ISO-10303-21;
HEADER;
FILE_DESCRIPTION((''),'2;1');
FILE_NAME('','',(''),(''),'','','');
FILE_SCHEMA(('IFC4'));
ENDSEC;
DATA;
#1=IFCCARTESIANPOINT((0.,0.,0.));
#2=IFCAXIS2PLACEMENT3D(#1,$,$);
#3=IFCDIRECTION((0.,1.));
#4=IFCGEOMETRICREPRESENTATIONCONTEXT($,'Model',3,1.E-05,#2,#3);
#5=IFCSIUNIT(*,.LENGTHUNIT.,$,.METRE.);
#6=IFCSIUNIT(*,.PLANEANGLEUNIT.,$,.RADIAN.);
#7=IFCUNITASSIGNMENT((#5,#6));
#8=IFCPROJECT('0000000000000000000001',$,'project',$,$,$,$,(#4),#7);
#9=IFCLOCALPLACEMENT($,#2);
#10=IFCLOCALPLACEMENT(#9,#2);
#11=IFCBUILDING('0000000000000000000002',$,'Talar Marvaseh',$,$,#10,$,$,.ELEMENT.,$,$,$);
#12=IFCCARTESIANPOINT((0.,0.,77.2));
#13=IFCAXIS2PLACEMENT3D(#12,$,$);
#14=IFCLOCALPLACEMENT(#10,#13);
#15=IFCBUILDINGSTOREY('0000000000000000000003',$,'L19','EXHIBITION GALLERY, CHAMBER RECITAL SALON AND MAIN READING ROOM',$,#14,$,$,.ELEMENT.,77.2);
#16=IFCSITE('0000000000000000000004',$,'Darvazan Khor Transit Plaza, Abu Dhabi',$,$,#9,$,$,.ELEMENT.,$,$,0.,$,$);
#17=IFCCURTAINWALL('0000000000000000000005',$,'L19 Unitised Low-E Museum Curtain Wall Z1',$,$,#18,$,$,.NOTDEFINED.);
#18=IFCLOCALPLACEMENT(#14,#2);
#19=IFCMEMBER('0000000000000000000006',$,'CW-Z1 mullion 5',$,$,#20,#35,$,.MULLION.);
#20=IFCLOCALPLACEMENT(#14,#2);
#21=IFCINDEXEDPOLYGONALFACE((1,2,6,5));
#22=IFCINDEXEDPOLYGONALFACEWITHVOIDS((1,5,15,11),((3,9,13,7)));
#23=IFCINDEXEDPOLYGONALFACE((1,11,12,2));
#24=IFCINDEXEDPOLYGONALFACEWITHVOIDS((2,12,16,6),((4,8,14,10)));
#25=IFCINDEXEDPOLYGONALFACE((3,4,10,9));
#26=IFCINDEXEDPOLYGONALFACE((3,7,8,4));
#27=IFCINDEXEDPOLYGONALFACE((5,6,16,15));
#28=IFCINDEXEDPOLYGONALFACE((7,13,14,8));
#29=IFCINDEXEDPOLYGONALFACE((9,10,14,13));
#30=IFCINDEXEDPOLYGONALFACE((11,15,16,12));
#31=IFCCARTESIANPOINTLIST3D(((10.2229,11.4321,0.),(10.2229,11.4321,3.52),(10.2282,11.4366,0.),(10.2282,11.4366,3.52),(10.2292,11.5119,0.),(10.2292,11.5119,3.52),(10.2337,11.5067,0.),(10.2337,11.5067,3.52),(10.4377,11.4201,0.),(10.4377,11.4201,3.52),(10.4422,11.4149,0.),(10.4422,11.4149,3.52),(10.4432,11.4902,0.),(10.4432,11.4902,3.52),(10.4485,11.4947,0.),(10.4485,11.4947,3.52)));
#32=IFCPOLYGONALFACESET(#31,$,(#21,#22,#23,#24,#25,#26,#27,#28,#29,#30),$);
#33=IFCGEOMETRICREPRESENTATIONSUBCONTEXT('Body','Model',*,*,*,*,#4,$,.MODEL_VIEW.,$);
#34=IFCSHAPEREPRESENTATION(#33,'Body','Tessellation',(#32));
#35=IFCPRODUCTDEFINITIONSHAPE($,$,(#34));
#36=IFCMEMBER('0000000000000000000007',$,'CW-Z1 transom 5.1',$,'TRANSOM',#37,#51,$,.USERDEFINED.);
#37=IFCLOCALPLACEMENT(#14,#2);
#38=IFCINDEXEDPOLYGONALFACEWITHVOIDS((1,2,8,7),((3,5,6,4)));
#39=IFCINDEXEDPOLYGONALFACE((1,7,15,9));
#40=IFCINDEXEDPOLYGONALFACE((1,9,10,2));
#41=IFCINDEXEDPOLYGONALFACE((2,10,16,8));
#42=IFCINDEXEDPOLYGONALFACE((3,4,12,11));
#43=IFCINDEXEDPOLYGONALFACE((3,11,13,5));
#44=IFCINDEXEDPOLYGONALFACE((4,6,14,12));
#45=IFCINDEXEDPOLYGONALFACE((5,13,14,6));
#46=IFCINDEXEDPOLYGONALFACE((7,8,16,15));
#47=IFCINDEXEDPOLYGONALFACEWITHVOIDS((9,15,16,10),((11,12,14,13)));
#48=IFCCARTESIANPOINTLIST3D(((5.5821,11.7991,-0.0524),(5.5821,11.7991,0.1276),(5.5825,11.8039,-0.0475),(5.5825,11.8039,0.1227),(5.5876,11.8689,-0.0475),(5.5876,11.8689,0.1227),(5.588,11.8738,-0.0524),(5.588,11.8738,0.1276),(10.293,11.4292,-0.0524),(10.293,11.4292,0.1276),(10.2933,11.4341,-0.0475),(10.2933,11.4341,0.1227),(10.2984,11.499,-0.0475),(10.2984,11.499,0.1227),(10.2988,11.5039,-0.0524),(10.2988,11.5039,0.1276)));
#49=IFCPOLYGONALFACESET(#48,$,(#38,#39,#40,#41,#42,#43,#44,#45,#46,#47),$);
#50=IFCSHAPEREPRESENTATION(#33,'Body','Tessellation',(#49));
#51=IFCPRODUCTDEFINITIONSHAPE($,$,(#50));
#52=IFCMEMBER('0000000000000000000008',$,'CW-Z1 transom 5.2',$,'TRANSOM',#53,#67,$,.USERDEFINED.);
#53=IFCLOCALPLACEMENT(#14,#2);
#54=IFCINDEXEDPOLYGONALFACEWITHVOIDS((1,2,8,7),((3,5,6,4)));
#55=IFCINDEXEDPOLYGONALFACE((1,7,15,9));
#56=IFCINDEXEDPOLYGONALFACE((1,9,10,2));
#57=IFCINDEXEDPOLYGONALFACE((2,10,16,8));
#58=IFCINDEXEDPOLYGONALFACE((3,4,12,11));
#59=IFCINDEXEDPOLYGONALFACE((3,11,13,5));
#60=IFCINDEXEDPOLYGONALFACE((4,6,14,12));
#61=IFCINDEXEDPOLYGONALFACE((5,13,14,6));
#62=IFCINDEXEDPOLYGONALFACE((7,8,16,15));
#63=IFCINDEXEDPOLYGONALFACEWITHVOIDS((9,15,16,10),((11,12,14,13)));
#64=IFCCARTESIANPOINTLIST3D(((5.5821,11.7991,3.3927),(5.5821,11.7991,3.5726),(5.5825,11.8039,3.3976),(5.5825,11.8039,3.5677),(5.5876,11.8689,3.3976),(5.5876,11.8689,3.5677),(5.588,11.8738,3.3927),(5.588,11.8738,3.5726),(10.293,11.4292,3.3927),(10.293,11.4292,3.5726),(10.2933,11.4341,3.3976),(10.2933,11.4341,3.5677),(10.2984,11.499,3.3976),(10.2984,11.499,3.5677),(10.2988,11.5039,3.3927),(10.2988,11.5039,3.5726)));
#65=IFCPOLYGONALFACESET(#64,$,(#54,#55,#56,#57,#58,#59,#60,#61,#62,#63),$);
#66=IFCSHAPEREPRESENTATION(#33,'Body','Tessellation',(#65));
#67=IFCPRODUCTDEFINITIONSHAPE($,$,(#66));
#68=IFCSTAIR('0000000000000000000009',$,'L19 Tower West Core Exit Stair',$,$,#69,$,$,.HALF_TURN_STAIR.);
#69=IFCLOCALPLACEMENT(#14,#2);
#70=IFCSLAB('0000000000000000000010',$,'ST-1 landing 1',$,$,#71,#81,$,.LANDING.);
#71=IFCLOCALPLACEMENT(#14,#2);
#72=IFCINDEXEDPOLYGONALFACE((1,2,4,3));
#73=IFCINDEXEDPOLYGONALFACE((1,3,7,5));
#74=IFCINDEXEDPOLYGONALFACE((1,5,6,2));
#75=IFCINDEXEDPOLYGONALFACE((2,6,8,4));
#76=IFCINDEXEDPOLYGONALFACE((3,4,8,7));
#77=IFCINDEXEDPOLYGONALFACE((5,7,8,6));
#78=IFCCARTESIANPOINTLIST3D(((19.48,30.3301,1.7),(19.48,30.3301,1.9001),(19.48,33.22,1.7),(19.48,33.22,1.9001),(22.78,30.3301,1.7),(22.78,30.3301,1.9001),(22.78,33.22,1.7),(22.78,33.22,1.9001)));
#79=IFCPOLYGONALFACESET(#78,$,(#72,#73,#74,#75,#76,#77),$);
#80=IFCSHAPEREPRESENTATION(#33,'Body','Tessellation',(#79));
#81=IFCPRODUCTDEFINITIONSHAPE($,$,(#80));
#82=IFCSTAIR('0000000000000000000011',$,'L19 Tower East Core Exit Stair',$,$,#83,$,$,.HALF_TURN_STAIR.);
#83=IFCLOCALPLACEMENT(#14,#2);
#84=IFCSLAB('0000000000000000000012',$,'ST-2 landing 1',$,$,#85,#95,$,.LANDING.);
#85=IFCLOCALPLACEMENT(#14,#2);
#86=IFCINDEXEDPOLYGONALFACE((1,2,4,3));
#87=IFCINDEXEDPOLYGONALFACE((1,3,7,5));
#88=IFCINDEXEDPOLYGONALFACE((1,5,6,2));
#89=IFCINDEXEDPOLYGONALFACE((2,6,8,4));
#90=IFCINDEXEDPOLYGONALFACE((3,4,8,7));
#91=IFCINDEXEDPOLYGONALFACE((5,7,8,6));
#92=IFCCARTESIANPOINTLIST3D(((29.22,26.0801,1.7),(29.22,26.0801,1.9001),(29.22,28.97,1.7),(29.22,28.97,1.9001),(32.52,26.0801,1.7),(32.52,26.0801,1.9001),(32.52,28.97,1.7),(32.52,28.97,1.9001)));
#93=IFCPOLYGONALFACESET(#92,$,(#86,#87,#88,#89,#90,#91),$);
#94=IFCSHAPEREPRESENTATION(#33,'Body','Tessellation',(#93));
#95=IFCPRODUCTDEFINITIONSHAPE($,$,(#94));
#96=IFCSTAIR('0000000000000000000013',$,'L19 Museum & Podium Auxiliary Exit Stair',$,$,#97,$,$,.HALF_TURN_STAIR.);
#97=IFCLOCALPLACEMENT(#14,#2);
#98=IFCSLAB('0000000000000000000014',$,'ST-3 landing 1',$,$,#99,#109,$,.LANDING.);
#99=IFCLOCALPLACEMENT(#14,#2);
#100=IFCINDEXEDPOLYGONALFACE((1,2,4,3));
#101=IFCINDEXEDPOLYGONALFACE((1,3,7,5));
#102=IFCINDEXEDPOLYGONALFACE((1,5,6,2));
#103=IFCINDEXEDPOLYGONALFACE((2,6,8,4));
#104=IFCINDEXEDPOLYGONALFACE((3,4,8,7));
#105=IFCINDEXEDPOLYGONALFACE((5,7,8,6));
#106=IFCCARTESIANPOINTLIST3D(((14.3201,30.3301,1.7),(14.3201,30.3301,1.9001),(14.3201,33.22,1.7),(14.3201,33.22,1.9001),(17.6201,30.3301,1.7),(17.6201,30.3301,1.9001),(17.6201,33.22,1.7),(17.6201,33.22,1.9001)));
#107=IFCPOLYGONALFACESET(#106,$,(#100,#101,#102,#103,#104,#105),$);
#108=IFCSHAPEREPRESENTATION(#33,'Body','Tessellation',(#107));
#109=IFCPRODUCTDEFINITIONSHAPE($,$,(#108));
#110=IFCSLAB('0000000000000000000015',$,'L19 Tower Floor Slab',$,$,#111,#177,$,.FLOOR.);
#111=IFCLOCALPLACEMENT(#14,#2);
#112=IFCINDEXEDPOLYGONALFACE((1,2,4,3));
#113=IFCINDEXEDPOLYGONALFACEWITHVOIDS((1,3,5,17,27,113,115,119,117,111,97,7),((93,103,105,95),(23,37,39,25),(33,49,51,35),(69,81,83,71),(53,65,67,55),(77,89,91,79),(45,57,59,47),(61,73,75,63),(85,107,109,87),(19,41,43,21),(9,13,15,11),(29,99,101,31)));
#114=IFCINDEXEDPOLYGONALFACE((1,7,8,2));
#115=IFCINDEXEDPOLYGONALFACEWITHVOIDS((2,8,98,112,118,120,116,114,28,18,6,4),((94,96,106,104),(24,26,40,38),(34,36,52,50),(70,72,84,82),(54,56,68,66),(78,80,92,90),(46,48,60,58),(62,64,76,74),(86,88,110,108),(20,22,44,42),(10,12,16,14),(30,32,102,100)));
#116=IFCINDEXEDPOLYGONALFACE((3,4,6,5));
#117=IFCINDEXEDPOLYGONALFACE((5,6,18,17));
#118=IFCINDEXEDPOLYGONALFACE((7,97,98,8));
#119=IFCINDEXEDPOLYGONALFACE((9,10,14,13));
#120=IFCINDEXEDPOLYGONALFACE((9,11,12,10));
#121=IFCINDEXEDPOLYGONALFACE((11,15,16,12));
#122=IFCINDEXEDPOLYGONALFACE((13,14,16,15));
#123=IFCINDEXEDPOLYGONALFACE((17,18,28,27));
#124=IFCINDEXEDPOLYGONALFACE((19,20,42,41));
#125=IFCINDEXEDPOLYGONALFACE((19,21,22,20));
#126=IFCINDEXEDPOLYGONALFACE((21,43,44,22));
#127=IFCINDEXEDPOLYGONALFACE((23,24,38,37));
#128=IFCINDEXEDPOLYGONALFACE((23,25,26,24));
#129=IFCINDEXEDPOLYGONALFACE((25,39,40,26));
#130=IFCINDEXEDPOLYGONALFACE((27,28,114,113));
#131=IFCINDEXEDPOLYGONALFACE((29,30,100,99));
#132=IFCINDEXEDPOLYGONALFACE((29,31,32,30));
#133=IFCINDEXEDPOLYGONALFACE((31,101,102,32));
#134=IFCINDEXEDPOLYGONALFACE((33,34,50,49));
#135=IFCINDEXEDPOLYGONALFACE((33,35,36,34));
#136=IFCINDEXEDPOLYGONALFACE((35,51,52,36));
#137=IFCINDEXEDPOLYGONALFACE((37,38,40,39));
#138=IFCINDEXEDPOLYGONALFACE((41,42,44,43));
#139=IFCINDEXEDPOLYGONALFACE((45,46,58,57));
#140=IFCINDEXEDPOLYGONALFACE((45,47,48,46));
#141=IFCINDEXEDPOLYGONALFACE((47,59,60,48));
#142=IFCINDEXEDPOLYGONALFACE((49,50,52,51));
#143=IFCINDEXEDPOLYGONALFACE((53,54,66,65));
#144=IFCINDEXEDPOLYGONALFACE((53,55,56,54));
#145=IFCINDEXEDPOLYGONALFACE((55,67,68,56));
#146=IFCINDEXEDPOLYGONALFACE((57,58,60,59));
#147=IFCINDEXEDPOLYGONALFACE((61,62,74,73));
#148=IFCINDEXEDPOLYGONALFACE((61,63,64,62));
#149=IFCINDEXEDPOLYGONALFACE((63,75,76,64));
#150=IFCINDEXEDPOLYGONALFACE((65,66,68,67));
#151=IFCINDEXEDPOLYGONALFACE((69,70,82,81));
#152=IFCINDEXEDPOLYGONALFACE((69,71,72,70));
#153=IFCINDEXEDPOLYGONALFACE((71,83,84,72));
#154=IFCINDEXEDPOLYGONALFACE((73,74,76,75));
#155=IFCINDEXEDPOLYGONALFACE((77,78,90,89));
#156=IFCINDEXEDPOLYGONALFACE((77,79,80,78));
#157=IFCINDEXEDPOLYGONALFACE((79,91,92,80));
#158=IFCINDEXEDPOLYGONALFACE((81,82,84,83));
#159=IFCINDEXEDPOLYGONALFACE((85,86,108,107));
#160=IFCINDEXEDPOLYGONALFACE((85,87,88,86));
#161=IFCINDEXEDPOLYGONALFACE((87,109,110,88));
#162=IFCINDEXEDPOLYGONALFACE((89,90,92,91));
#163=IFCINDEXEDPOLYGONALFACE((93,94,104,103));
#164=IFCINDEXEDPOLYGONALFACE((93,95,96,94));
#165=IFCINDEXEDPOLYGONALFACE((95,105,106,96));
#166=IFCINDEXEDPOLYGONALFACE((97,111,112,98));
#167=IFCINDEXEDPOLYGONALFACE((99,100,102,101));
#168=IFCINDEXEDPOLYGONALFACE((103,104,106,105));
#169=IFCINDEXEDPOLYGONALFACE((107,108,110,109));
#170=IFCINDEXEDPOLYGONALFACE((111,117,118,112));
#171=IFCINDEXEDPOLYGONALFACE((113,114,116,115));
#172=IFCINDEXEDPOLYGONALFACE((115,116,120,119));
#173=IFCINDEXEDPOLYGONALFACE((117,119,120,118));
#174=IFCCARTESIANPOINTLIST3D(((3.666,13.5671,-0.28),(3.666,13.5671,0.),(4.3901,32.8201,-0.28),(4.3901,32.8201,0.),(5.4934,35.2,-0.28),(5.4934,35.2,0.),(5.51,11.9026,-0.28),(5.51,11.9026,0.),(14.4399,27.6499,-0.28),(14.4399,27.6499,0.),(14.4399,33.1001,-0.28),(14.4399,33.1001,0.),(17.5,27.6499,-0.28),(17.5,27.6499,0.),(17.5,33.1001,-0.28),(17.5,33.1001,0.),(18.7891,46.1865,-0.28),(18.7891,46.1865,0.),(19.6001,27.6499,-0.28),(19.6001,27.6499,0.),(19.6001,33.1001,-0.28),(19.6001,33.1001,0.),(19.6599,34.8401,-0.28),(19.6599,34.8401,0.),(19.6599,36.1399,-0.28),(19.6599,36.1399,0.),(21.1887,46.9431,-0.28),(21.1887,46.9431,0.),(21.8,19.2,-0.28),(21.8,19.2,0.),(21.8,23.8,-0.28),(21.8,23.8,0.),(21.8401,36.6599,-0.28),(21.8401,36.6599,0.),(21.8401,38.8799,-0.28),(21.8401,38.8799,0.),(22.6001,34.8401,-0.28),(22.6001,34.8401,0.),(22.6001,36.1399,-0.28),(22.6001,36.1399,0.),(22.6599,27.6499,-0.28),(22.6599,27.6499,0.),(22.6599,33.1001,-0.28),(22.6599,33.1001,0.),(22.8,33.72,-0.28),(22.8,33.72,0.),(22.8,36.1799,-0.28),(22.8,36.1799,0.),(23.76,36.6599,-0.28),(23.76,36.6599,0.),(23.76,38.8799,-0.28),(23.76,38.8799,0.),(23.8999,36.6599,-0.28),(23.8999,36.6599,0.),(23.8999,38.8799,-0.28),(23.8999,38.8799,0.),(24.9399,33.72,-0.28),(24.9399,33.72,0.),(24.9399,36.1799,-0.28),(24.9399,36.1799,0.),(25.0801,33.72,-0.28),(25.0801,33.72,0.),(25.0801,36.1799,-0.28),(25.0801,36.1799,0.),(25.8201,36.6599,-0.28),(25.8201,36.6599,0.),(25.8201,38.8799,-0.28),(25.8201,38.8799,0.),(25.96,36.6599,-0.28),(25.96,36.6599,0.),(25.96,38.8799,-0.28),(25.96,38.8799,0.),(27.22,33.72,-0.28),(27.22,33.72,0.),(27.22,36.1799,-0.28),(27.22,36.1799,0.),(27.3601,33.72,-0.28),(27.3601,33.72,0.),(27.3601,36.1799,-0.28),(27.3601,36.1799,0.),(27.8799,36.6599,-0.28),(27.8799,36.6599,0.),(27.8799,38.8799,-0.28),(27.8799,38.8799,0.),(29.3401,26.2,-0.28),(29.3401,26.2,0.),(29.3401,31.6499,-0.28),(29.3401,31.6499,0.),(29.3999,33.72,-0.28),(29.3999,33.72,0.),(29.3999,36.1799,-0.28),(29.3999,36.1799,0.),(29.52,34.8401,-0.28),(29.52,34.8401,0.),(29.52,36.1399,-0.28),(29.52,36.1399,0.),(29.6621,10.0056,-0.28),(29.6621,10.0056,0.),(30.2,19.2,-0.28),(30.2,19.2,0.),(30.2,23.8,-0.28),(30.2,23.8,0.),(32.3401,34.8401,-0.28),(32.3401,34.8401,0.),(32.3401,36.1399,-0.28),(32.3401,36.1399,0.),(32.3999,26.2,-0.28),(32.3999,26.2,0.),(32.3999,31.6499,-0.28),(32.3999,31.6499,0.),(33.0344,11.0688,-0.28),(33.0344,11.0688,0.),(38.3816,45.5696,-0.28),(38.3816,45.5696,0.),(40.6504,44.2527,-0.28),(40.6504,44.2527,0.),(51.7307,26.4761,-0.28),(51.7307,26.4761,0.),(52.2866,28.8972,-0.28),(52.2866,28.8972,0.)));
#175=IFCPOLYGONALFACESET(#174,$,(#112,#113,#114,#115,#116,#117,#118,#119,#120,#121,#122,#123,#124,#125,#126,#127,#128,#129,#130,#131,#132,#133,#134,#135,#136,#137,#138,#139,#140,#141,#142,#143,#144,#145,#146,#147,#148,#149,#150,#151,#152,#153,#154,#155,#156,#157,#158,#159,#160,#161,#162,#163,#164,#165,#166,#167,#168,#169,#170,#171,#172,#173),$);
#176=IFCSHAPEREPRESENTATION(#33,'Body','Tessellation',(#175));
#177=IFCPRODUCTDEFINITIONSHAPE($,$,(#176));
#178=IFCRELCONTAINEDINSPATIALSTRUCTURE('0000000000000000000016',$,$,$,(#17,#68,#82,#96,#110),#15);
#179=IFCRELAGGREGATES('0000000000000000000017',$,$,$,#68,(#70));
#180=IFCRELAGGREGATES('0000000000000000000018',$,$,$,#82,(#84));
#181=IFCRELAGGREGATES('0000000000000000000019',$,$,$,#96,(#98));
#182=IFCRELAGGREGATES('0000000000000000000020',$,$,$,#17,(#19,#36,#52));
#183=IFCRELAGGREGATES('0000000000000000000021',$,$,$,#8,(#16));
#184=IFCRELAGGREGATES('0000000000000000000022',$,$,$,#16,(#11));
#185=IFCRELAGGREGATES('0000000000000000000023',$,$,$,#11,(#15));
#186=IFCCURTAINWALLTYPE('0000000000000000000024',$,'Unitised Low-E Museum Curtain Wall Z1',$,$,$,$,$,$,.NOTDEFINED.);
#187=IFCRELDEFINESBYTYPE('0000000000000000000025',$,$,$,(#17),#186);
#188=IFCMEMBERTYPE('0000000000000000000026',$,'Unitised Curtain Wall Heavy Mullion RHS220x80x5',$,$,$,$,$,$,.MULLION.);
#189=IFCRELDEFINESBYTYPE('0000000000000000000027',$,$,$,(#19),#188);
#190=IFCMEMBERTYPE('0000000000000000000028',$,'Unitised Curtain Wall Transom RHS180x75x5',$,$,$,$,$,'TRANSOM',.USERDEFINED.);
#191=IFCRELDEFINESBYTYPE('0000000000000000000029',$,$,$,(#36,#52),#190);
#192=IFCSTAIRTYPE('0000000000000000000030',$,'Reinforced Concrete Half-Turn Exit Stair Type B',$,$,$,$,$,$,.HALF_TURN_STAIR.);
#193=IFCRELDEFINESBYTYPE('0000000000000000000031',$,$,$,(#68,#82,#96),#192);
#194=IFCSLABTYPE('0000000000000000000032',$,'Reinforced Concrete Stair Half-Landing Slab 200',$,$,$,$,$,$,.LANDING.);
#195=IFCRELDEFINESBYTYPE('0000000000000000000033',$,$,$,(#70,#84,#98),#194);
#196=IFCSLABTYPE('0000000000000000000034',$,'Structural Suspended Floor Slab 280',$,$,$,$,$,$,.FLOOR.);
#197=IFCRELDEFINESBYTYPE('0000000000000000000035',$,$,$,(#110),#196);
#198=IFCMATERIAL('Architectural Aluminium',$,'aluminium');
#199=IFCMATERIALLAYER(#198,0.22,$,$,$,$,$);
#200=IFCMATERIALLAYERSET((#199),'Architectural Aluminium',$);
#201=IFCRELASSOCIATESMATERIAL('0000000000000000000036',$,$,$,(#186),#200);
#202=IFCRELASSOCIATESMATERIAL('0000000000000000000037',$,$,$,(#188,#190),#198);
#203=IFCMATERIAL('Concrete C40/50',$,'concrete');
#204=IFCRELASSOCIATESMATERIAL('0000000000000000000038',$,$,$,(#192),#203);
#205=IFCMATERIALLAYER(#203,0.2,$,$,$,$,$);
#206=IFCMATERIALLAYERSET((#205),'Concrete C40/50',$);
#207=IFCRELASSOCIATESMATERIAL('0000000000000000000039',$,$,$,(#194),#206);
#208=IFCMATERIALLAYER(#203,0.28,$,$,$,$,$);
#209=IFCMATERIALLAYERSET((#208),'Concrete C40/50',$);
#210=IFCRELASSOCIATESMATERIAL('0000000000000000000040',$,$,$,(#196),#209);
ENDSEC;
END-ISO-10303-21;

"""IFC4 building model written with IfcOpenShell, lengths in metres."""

from ifc_helpers import new_model, si_unit, direction, frame, origin, origin_2d, place, context, subcontext, project, spatial, polyline, hollow_rectangle, outline, extrude, source, transform, mapped, material, layer, layer_set, material_profile, profile_set, type_object, type_shapes, element, aggregate, save


model = new_model("IFC4")

# Units and contexts
model_context = context("Model", 3, precision=1e-05, world=origin(), true_north=direction((0.0, 1.0)))
body_context = subcontext(model_context, "Body", "Model", "MODEL_VIEW")
ifc_project = project(units=[si_unit("LENGTHUNIT", "METRE"), si_unit("PLANEANGLEUNIT", "RADIAN")], contexts=[model_context])

# Site, building, storey
site_placement = place(None, origin())
site = spatial("IfcSite", under=ifc_project, at=site_placement, Name="Darvazan Khor Transit Plaza, Abu Dhabi", CompositionType="ELEMENT", RefElevation=0.0)
building_placement = place(site_placement, origin())
building = spatial("IfcBuilding", under=site, at=building_placement, Name="Talar Marvaseh", CompositionType="ELEMENT")
storey_placement = place(building_placement, frame((0.0, 0.0, 77.2)))
storey = spatial("IfcBuildingStorey", under=building, at=storey_placement, Name="L19", Description="EXHIBITION GALLERY, CHAMBER RECITAL SALON AND MAIN READING ROOM", CompositionType="ELEMENT", Elevation=77.2)

# Curtain wall, members
ifc_material_1 = material(Name="Architectural Aluminium", Category="aluminium")
ifc_layer_1 = layer(ifc_material_1, 0.22)
ifc_layer_set_1 = layer_set([ifc_layer_1], Name="Architectural Aluminium")
curtain_wall_type = type_object("IfcCurtainWallType", Name="Unitised Low-E Museum Curtain Wall Z1", PredefinedType="NOTDEFINED", material=ifc_layer_set_1)
curtain_wall_placement = place(storey_placement, origin())
curtain_wall = element("IfcCurtainWall", 1, at=curtain_wall_placement, inside=storey, type_object=curtain_wall_type, Name="L19 Unitised Low-E Museum Curtain Wall Z1", PredefinedType="NOTDEFINED")
ifc_material_profile_1 = material_profile(ifc_material_1, hollow_rectangle(XDim=0.0801, YDim=0.22, WallThickness=0.0049, at=origin_2d()), Name="RHS220x80x5")
ifc_profile_set_1 = profile_set([ifc_material_profile_1], Name="Architectural Aluminium")
member_type_1 = type_object("IfcMemberType", Name="Unitised Curtain Wall Heavy Mullion RHS220x80x5", PredefinedType="MULLION", material=ifc_profile_set_1)
shared_shape_1 = source(origin(), body_context, "Body", "SweptSolid", [
    extrude(hollow_rectangle(XDim=0.0801, YDim=0.22, WallThickness=0.0049, at=origin_2d()), origin(), (0.0, 0.0, 1.0), 3.52),
])
type_shapes(member_type_1, [shared_shape_1])
member_1_placement = place(storey_placement, frame((10.3357, 11.4634, 0.0), z_axis=(0.0, 0.0, 1.0), x_axis=(-0.078306, -0.996929, 0.0)))
member_1 = element("IfcMember", 2, at=member_1_placement, type_object=member_type_1, Name="CW-Z1 mullion 5", PredefinedType="MULLION", context=body_context, shape_type="MappedRepresentation", body=[
    mapped(shared_shape_1, transform((0.0, 0.0, 0.0), x_axis=(1.0, 0.0, 0.0), y_axis=(0.0, 1.0, 0.0), z_axis=(0.0, 0.0, 1.0), scale=1.0)),
])
ifc_material_profile_2 = material_profile(ifc_material_1, hollow_rectangle(XDim=0.075, YDim=0.1799, WallThickness=0.0049, at=origin_2d()), Name="RHS180x75x5")
ifc_profile_set_2 = profile_set([ifc_material_profile_2], Name="Architectural Aluminium")
member_type_2 = type_object("IfcMemberType", Name="Unitised Curtain Wall Transom RHS180x75x5", ElementType="TRANSOM", PredefinedType="USERDEFINED", material=ifc_profile_set_2)
shared_shape_2 = source(origin(), body_context, "Body", "SweptSolid", [
    extrude(hollow_rectangle(XDim=0.075, YDim=0.1799, WallThickness=0.0049, at=origin_2d()), origin(), (0.0, 0.0, 1.0), 4.7253),
])
type_shapes(member_type_2, [shared_shape_2])
member_2_placement = place(storey_placement, frame((10.2959, 11.4666, 0.0376), z_axis=(-0.996932, 0.078273, 0.0), x_axis=(-0.078273, -0.996932, 0.0)))
member_2 = element("IfcMember", 3, at=member_2_placement, type_object=member_type_2, Name="CW-Z1 transom 5.1", ObjectType="TRANSOM", PredefinedType="USERDEFINED", context=body_context, shape_type="MappedRepresentation", body=[
    mapped(shared_shape_2, transform((0.0, 0.0, 0.0), x_axis=(1.0, 0.0, 0.0), y_axis=(0.0, 1.0, 0.0), z_axis=(0.0, 0.0, 1.0), scale=1.0)),
])
member_3_placement = place(storey_placement, frame((10.2959, 11.4666, 3.4827), z_axis=(-0.996932, 0.078273, 0.0), x_axis=(-0.078273, -0.996932, 0.0)))
member_3 = element("IfcMember", 4, at=member_3_placement, type_object=member_type_2, Name="CW-Z1 transom 5.2", ObjectType="TRANSOM", PredefinedType="USERDEFINED", context=body_context, shape_type="MappedRepresentation", body=[
    mapped(shared_shape_2, transform((0.0, 0.0, 0.0), x_axis=(1.0, 0.0, 0.0), y_axis=(0.0, 1.0, 0.0), z_axis=(0.0, 0.0, 1.0), scale=1.0)),
])

# Stairs, slabs
ifc_material_2 = material(Name="Concrete C40/50", Category="concrete")
stair_type = type_object("IfcStairType", Name="Reinforced Concrete Half-Turn Exit Stair Type B", PredefinedType="HALF_TURN_STAIR", material=ifc_material_2)
stair_1_placement = place(storey_placement, origin())
stair_1 = element("IfcStair", 5, at=stair_1_placement, inside=storey, type_object=stair_type, Name="L19 Tower West Core Exit Stair", PredefinedType="HALF_TURN_STAIR")
ifc_layer_2 = layer(ifc_material_2, 0.2)
ifc_layer_set_2 = layer_set([ifc_layer_2], Name="Concrete C40/50")
slab_type_1 = type_object("IfcSlabType", Name="Reinforced Concrete Stair Half-Landing Slab 200", PredefinedType="LANDING", material=ifc_layer_set_2)
slab_1_placement = place(storey_placement, frame((0.0, 0.0, 1.7)))
slab_1 = element("IfcSlab", 6, at=slab_1_placement, type_object=slab_type_1, Name="ST-1 landing 1", PredefinedType="LANDING", context=body_context, shape_type="SweptSolid", body=[
    extrude(outline(polyline([(22.78, 30.3301), (22.78, 33.22), (19.48, 33.22), (19.48, 30.3301), (22.78, 30.3301)])), origin(), (0.0, 0.0, 1.0), 0.2002),
])
aggregate(stair_1, [slab_1])
stair_2_placement = place(storey_placement, origin())
stair_2 = element("IfcStair", 7, at=stair_2_placement, inside=storey, type_object=stair_type, Name="L19 Tower East Core Exit Stair", PredefinedType="HALF_TURN_STAIR")
slab_2_placement = place(storey_placement, frame((0.0, 0.0, 1.7)))
slab_2 = element("IfcSlab", 8, at=slab_2_placement, type_object=slab_type_1, Name="ST-2 landing 1", PredefinedType="LANDING", context=body_context, shape_type="SweptSolid", body=[
    extrude(outline(polyline([(29.22, 28.97), (29.22, 26.0801), (32.52, 26.0801), (32.52, 28.97), (29.22, 28.97)])), origin(), (0.0, 0.0, 1.0), 0.2002),
])
aggregate(stair_2, [slab_2])
stair_3_placement = place(storey_placement, origin())
stair_3 = element("IfcStair", 9, at=stair_3_placement, inside=storey, type_object=stair_type, Name="L19 Museum & Podium Auxiliary Exit Stair", PredefinedType="HALF_TURN_STAIR")
slab_3_placement = place(storey_placement, frame((0.0, 0.0, 1.7)))
slab_3 = element("IfcSlab", 10, at=slab_3_placement, type_object=slab_type_1, Name="ST-3 landing 1", PredefinedType="LANDING", context=body_context, shape_type="SweptSolid", body=[
    extrude(outline(polyline([(17.6201, 30.3301), (17.6201, 33.22), (14.3201, 33.22), (14.3201, 30.3301), (17.6201, 30.3301)])), origin(), (0.0, 0.0, 1.0), 0.2002),
])
aggregate(stair_3, [slab_3])

# Slab
ifc_layer_3 = layer(ifc_material_2, 0.28)
ifc_layer_set_3 = layer_set([ifc_layer_3], Name="Concrete C40/50")
slab_type_2 = type_object("IfcSlabType", Name="Structural Suspended Floor Slab 280", PredefinedType="FLOOR", material=ifc_layer_set_3)
slab_4_placement = place(storey_placement, frame((0.0, 0.0, -0.28)))
element("IfcSlab", 11, at=slab_4_placement, inside=storey, type_object=slab_type_2, Name="L19 Tower Floor Slab", PredefinedType="FLOOR", context=body_context, shape_type="SweptSolid", body=[
    extrude(outline(polyline([(5.51, 11.9026), (3.666, 13.5671), (4.3901, 32.8201), (5.4934, 35.2), (18.7891, 46.1865), (21.1887, 46.9431), (38.3816, 45.5696), (40.6504, 44.2527), (52.2866, 28.8972), (51.7307, 26.4761), (33.0344, 11.0688), (29.6621, 10.0056), (5.51, 11.9026)]), holes=[polyline([(22.6599, 27.6499), (22.6599, 33.1001), (19.6001, 33.1001), (19.6001, 27.6499), (22.6599, 27.6499)]), polyline([(29.3401, 31.6499), (29.3401, 26.2), (32.3999, 26.2), (32.3999, 31.6499), (29.3401, 31.6499)]), polyline([(17.5, 27.6499), (17.5, 33.1001), (14.4399, 33.1001), (14.4399, 27.6499), (17.5, 27.6499)]), polyline([(22.8, 33.72), (24.9399, 33.72), (24.9399, 36.1799), (22.8, 36.1799), (22.8, 33.72)]), polyline([(25.0801, 33.72), (27.22, 33.72), (27.22, 36.1799), (25.0801, 36.1799), (25.0801, 33.72)]), polyline([(27.3601, 33.72), (29.3999, 33.72), (29.3999, 36.1799), (27.3601, 36.1799), (27.3601, 33.72)]), polyline([(21.8401, 36.6599), (23.76, 36.6599), (23.76, 38.8799), (21.8401, 38.8799), (21.8401, 36.6599)]), polyline([(23.8999, 36.6599), (25.8201, 36.6599), (25.8201, 38.8799), (23.8999, 38.8799), (23.8999, 36.6599)]), polyline([(25.96, 36.6599), (27.8799, 36.6599), (27.8799, 38.8799), (25.96, 38.8799), (25.96, 36.6599)]), polyline([(19.6599, 34.8401), (22.6001, 34.8401), (22.6001, 36.1399), (19.6599, 36.1399), (19.6599, 34.8401)]), polyline([(29.52, 34.8401), (32.3401, 34.8401), (32.3401, 36.1399), (29.52, 36.1399), (29.52, 34.8401)]), polyline([(21.8, 19.2), (30.2, 19.2), (30.2, 23.8), (21.8, 23.8), (21.8, 19.2)])]), origin(), (0.0, 0.0, 1.0), 0.28),
])

aggregate(curtain_wall, [member_1, member_2, member_3])

save(model, "model.ifc")
